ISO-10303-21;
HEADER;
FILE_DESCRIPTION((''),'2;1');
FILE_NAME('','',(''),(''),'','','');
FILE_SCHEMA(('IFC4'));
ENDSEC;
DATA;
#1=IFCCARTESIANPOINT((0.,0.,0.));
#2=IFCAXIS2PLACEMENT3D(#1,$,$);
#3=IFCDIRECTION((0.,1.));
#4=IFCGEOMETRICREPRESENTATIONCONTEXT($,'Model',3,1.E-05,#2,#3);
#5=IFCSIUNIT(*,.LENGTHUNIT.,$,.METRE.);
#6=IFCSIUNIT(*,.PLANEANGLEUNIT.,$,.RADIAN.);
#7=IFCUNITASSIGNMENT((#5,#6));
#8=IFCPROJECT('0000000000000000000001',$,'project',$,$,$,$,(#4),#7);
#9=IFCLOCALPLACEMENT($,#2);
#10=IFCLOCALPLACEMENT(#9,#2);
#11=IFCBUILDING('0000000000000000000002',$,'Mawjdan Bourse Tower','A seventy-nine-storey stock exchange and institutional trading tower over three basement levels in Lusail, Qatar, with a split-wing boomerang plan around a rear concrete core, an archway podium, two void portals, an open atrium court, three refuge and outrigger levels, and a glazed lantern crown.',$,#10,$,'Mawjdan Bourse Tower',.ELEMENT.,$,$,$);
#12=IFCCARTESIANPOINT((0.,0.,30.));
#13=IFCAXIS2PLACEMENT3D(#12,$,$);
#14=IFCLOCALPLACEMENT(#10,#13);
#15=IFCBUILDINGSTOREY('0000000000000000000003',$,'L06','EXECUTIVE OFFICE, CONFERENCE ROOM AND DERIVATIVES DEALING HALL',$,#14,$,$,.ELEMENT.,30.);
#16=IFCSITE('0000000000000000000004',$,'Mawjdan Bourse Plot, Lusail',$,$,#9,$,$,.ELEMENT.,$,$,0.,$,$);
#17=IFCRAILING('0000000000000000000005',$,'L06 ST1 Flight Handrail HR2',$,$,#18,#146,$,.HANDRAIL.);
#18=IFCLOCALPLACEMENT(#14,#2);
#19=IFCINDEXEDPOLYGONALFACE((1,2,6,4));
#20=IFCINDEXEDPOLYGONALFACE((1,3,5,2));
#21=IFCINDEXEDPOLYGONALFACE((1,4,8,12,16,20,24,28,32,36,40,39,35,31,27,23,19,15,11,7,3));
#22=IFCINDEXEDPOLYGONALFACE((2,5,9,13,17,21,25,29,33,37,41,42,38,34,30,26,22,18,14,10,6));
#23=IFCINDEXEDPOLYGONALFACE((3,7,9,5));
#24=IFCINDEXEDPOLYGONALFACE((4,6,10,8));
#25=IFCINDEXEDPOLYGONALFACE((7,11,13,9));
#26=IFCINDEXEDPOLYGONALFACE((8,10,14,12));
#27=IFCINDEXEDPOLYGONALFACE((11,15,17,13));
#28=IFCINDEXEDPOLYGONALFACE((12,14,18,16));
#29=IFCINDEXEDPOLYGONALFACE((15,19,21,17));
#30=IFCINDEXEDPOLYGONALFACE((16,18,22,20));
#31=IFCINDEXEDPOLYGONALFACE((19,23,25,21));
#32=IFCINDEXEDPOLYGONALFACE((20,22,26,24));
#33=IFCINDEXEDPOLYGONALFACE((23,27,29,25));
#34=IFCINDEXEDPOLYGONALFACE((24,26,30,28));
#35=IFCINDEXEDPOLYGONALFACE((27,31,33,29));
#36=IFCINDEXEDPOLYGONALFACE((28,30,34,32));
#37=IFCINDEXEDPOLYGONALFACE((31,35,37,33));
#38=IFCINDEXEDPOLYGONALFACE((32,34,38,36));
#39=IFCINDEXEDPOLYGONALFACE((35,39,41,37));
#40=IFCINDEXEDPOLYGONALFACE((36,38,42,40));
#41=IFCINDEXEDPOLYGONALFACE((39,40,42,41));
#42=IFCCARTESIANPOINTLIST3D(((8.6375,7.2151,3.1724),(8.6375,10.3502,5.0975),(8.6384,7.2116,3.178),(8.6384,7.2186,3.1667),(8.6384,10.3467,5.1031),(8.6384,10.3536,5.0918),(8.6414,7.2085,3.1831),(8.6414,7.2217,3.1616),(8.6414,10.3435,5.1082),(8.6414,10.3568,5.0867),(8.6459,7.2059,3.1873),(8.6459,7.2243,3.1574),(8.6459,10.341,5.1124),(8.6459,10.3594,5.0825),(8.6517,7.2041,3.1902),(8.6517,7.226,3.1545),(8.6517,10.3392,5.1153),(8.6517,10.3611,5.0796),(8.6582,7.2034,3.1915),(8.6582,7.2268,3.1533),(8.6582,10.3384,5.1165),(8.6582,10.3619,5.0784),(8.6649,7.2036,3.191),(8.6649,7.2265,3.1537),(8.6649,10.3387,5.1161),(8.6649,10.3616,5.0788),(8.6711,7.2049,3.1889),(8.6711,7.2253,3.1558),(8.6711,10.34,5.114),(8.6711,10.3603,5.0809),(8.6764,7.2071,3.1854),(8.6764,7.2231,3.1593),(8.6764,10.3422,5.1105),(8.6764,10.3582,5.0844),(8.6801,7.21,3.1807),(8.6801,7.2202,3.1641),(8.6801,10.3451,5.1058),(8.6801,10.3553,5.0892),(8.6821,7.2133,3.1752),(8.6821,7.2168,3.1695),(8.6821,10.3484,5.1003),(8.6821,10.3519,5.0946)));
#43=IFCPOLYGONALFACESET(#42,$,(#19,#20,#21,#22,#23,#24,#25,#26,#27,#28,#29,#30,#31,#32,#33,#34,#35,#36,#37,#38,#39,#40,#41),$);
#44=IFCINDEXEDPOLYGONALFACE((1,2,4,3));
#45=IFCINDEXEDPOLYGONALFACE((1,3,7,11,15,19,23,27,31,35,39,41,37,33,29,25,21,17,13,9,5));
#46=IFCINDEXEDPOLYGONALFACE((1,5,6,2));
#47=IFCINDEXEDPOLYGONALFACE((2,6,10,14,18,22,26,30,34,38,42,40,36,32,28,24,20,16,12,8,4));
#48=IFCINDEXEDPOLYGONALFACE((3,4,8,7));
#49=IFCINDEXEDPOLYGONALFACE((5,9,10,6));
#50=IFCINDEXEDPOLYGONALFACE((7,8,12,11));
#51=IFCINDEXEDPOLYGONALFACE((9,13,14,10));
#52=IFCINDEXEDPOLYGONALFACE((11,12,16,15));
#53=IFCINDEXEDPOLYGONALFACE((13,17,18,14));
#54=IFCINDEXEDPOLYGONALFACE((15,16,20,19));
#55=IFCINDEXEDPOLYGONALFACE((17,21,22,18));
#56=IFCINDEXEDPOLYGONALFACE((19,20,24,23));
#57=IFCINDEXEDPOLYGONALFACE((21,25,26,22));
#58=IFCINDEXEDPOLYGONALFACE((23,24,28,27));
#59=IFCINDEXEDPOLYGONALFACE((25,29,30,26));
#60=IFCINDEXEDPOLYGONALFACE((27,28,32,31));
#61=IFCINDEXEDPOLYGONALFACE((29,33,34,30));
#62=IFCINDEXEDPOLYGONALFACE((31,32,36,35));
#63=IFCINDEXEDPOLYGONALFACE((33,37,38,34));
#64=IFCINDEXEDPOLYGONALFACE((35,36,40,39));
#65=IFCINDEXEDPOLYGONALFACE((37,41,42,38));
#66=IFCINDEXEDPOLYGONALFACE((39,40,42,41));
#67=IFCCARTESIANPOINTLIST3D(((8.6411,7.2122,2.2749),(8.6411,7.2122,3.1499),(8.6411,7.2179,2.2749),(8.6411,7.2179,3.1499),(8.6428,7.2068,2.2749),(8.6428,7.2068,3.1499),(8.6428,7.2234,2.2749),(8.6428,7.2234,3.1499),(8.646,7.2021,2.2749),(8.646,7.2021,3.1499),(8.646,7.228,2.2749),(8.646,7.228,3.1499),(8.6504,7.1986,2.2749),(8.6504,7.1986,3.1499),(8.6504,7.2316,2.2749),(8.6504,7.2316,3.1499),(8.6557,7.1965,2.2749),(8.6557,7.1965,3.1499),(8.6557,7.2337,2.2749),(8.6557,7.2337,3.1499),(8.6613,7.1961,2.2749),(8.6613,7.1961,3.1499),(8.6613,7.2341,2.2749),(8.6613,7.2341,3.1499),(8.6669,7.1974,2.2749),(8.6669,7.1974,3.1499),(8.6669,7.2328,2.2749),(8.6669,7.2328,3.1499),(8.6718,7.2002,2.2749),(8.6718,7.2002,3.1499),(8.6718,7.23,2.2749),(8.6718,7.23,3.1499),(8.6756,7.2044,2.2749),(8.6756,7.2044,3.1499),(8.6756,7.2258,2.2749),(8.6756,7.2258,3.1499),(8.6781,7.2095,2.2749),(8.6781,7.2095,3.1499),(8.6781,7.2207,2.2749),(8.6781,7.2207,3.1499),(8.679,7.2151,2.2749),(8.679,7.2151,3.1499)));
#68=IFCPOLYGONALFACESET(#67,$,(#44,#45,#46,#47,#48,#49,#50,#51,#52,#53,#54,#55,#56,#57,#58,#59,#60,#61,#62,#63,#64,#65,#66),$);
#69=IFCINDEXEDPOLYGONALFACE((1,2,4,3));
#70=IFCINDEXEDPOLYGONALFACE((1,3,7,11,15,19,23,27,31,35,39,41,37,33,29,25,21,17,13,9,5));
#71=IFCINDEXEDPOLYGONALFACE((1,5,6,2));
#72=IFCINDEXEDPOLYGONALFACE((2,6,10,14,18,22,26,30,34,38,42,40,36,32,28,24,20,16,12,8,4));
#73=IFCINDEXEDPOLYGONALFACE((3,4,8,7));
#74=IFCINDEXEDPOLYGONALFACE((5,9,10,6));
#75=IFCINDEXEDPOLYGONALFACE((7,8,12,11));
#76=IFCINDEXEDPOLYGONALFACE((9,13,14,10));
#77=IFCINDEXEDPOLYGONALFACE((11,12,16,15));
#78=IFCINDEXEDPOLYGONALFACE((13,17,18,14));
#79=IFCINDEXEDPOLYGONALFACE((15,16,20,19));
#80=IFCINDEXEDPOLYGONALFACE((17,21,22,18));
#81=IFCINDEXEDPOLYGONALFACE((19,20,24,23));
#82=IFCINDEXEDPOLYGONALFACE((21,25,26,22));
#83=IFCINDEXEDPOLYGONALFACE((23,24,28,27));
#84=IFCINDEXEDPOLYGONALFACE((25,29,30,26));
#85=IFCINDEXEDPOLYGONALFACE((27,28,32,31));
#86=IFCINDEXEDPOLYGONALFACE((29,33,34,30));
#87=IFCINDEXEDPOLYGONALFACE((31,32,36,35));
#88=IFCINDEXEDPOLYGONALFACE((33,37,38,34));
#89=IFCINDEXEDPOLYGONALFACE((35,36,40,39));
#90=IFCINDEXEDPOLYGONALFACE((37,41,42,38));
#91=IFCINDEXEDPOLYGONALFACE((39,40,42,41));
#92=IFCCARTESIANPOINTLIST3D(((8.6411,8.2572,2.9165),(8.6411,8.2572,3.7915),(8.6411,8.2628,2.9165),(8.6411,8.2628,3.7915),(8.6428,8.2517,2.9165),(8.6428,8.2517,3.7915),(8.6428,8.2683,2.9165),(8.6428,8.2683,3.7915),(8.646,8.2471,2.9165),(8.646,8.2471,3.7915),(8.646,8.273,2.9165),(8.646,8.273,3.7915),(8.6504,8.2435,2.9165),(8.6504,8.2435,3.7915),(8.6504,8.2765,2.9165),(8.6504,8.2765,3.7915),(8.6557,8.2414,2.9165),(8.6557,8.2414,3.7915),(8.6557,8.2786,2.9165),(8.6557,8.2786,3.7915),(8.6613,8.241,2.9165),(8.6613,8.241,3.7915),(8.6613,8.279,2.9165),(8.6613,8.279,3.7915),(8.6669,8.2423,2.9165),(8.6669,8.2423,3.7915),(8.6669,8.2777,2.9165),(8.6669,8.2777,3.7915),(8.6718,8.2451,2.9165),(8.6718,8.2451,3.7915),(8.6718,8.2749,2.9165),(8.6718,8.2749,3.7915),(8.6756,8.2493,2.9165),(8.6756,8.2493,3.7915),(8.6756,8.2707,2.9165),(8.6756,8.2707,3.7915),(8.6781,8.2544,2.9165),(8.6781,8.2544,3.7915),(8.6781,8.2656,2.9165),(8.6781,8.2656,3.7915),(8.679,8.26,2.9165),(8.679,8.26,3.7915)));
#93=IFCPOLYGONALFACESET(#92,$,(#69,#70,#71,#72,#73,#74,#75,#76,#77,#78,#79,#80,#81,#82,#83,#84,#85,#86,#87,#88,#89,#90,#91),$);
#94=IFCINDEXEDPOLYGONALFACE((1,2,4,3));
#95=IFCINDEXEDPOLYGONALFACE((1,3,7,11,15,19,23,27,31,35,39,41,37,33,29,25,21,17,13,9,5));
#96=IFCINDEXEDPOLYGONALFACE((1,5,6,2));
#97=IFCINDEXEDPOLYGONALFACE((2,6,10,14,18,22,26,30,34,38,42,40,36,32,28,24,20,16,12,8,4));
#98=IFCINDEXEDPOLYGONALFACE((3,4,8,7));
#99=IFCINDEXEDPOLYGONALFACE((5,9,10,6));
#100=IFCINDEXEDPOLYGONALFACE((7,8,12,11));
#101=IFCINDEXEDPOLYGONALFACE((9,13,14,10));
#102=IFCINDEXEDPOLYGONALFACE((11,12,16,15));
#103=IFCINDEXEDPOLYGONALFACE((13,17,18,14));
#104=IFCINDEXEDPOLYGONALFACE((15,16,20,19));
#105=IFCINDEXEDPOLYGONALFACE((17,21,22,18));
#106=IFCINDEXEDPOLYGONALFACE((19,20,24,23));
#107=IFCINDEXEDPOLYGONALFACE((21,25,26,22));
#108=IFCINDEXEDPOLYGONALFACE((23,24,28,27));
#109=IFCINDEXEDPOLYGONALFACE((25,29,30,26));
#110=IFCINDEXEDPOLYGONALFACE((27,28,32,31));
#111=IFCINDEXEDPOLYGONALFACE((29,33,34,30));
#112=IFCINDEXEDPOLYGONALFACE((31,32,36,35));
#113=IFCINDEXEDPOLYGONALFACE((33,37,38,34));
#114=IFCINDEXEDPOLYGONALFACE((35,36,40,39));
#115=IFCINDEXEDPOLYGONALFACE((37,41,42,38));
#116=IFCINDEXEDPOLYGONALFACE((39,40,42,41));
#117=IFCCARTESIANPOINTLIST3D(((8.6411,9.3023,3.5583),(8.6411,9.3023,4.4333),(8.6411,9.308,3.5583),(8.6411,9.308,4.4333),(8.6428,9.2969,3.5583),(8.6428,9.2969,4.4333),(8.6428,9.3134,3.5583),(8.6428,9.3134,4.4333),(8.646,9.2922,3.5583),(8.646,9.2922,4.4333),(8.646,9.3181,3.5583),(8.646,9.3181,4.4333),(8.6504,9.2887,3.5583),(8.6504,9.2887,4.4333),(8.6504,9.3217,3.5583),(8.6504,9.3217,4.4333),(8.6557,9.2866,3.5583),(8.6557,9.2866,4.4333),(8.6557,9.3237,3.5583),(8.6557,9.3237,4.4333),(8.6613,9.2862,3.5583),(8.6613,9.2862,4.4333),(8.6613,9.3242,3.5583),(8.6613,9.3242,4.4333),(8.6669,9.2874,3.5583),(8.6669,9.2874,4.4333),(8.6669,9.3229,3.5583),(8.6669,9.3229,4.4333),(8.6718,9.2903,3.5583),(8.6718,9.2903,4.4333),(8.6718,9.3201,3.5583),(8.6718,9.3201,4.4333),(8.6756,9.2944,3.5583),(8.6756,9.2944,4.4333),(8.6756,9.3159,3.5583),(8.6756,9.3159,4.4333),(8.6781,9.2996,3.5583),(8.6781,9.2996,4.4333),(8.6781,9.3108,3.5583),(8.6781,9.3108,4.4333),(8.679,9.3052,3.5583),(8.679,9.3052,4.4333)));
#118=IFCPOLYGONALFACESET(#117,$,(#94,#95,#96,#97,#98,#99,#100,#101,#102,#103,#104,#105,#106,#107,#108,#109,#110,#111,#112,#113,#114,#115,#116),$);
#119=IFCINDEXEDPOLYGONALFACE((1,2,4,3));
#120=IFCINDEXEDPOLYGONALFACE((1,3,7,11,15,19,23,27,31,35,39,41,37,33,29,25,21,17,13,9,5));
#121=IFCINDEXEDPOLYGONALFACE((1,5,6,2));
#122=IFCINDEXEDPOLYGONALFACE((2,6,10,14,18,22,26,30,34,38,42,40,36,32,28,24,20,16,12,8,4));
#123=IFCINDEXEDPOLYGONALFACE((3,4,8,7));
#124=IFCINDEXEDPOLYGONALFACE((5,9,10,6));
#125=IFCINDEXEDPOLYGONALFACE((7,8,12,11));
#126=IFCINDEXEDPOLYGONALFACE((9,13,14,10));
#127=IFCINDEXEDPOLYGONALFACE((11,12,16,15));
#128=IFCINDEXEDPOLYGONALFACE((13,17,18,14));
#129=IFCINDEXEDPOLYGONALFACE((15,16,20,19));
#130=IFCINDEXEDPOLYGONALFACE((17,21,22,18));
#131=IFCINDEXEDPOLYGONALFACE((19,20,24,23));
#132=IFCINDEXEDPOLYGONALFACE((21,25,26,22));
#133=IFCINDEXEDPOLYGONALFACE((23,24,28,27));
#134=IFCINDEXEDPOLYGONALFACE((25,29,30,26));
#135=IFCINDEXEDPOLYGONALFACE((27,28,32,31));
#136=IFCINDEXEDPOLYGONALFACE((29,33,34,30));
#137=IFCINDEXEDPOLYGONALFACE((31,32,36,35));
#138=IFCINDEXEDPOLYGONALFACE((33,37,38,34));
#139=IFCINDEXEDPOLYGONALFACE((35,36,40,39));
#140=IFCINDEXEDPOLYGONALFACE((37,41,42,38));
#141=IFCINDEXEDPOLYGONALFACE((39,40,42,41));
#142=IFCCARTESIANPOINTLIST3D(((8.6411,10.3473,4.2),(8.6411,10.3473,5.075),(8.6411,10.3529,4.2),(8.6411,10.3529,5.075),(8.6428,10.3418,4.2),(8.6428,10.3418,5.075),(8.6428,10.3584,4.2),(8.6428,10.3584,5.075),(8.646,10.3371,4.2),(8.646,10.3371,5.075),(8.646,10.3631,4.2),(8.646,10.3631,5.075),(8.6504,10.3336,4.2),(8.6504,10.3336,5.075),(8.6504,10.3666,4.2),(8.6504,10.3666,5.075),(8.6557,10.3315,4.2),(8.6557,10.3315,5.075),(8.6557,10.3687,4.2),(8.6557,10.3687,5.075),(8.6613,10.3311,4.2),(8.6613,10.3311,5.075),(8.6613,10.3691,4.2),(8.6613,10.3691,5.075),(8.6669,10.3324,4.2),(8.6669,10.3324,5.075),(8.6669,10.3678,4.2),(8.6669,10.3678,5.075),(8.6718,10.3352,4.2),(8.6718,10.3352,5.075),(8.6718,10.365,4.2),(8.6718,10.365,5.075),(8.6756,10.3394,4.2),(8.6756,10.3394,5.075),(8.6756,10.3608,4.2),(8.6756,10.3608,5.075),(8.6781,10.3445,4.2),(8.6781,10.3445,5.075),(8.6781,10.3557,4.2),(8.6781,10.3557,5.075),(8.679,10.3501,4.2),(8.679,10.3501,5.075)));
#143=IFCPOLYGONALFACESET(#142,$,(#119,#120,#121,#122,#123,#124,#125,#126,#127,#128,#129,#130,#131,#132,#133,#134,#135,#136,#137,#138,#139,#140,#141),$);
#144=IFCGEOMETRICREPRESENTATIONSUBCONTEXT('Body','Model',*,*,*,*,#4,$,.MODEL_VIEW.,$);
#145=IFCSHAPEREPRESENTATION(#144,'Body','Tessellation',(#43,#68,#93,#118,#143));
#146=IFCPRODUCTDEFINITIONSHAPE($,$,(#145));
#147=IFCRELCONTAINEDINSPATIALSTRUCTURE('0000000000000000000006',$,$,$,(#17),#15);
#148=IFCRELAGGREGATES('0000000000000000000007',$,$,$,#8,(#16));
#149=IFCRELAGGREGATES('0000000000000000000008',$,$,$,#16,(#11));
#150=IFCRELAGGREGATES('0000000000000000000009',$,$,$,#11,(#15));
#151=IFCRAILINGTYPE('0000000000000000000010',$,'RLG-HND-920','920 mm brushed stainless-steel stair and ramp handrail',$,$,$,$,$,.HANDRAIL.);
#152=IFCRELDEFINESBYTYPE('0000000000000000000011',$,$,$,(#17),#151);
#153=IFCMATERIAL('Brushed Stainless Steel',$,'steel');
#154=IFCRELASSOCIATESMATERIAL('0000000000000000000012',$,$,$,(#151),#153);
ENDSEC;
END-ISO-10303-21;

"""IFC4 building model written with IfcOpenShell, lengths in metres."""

from ifc_helpers import new_model, si_unit, direction, frame, origin, origin_2d, place, context, subcontext, project, spatial, circle, extrude, material, type_object, element, save


model = new_model("IFC4")

# Units and contexts
model_context = context("Model", 3, precision=1e-05, world=origin(), true_north=direction((0.0, 1.0)))
body_context = subcontext(model_context, "Body", "Model", "MODEL_VIEW")
ifc_project = project(units=[si_unit("LENGTHUNIT", "METRE"), si_unit("PLANEANGLEUNIT", "RADIAN")], contexts=[model_context])

# Site, building, storey
site_placement = place(None, origin())
site = spatial("IfcSite", under=ifc_project, at=site_placement, Name="Mawjdan Bourse Plot, Lusail", CompositionType="ELEMENT", RefElevation=0.0)
building_placement = place(site_placement, origin())
building = spatial("IfcBuilding", under=site, at=building_placement, Name="Mawjdan Bourse Tower", Description="A seventy-nine-storey stock exchange and institutional trading tower over three basement levels in Lusail, Qatar, with a split-wing boomerang plan around a rear concrete core, an archway podium, two void portals, an open atrium court, three refuge and outrigger levels, and a glazed lantern crown.", LongName="Mawjdan Bourse Tower", CompositionType="ELEMENT")
storey_placement = place(building_placement, frame((0.0, 0.0, 30.0)))
storey = spatial("IfcBuildingStorey", under=building, at=storey_placement, Name="L06", Description="EXECUTIVE OFFICE, CONFERENCE ROOM AND DERIVATIVES DEALING HALL", CompositionType="ELEMENT", Elevation=30.0)

# Railing
ifc_material_1 = material(Name="Brushed Stainless Steel", Category="steel")
railing_type_1 = type_object("IfcRailingType", Name="RLG-HND-920", Description="920 mm brushed stainless-steel stair and ramp handrail", PredefinedType="HANDRAIL", material=ifc_material_1)
railing_1_placement = place(storey_placement, frame((8.6599, 7.2151, 2.2749)))
element("IfcRailing", 1, at=railing_1_placement, inside=storey, type_object=railing_type_1, Name="L06 ST1 Flight Handrail HR2", PredefinedType="HANDRAIL", context=body_context, shape_type="SweptSolid", body=[
    extrude(circle(Radius=0.0225, at=origin_2d()), frame((0.0, 0.0, 0.8975), z_axis=(0.0, 0.852166, 0.523271), x_axis=(-1.0, 0.0, 0.0)), (0.0, 0.0, 1.0), 3.679),
    extrude(circle(Radius=0.019, at=origin_2d()), origin(), (0.0, 0.0, 1.0), 0.875),
    extrude(circle(Radius=0.019, at=origin_2d()), frame((0.0, 1.0449, 0.6416)), (0.0, 0.0, 1.0), 0.875),
    extrude(circle(Radius=0.019, at=origin_2d()), frame((0.0, 2.0901, 1.2834)), (0.0, 0.0, 1.0), 0.875),
    extrude(circle(Radius=0.019, at=origin_2d()), frame((0.0, 3.135, 1.925)), (0.0, 0.0, 1.0), 0.875),
])

save(model, "model.ifc")
